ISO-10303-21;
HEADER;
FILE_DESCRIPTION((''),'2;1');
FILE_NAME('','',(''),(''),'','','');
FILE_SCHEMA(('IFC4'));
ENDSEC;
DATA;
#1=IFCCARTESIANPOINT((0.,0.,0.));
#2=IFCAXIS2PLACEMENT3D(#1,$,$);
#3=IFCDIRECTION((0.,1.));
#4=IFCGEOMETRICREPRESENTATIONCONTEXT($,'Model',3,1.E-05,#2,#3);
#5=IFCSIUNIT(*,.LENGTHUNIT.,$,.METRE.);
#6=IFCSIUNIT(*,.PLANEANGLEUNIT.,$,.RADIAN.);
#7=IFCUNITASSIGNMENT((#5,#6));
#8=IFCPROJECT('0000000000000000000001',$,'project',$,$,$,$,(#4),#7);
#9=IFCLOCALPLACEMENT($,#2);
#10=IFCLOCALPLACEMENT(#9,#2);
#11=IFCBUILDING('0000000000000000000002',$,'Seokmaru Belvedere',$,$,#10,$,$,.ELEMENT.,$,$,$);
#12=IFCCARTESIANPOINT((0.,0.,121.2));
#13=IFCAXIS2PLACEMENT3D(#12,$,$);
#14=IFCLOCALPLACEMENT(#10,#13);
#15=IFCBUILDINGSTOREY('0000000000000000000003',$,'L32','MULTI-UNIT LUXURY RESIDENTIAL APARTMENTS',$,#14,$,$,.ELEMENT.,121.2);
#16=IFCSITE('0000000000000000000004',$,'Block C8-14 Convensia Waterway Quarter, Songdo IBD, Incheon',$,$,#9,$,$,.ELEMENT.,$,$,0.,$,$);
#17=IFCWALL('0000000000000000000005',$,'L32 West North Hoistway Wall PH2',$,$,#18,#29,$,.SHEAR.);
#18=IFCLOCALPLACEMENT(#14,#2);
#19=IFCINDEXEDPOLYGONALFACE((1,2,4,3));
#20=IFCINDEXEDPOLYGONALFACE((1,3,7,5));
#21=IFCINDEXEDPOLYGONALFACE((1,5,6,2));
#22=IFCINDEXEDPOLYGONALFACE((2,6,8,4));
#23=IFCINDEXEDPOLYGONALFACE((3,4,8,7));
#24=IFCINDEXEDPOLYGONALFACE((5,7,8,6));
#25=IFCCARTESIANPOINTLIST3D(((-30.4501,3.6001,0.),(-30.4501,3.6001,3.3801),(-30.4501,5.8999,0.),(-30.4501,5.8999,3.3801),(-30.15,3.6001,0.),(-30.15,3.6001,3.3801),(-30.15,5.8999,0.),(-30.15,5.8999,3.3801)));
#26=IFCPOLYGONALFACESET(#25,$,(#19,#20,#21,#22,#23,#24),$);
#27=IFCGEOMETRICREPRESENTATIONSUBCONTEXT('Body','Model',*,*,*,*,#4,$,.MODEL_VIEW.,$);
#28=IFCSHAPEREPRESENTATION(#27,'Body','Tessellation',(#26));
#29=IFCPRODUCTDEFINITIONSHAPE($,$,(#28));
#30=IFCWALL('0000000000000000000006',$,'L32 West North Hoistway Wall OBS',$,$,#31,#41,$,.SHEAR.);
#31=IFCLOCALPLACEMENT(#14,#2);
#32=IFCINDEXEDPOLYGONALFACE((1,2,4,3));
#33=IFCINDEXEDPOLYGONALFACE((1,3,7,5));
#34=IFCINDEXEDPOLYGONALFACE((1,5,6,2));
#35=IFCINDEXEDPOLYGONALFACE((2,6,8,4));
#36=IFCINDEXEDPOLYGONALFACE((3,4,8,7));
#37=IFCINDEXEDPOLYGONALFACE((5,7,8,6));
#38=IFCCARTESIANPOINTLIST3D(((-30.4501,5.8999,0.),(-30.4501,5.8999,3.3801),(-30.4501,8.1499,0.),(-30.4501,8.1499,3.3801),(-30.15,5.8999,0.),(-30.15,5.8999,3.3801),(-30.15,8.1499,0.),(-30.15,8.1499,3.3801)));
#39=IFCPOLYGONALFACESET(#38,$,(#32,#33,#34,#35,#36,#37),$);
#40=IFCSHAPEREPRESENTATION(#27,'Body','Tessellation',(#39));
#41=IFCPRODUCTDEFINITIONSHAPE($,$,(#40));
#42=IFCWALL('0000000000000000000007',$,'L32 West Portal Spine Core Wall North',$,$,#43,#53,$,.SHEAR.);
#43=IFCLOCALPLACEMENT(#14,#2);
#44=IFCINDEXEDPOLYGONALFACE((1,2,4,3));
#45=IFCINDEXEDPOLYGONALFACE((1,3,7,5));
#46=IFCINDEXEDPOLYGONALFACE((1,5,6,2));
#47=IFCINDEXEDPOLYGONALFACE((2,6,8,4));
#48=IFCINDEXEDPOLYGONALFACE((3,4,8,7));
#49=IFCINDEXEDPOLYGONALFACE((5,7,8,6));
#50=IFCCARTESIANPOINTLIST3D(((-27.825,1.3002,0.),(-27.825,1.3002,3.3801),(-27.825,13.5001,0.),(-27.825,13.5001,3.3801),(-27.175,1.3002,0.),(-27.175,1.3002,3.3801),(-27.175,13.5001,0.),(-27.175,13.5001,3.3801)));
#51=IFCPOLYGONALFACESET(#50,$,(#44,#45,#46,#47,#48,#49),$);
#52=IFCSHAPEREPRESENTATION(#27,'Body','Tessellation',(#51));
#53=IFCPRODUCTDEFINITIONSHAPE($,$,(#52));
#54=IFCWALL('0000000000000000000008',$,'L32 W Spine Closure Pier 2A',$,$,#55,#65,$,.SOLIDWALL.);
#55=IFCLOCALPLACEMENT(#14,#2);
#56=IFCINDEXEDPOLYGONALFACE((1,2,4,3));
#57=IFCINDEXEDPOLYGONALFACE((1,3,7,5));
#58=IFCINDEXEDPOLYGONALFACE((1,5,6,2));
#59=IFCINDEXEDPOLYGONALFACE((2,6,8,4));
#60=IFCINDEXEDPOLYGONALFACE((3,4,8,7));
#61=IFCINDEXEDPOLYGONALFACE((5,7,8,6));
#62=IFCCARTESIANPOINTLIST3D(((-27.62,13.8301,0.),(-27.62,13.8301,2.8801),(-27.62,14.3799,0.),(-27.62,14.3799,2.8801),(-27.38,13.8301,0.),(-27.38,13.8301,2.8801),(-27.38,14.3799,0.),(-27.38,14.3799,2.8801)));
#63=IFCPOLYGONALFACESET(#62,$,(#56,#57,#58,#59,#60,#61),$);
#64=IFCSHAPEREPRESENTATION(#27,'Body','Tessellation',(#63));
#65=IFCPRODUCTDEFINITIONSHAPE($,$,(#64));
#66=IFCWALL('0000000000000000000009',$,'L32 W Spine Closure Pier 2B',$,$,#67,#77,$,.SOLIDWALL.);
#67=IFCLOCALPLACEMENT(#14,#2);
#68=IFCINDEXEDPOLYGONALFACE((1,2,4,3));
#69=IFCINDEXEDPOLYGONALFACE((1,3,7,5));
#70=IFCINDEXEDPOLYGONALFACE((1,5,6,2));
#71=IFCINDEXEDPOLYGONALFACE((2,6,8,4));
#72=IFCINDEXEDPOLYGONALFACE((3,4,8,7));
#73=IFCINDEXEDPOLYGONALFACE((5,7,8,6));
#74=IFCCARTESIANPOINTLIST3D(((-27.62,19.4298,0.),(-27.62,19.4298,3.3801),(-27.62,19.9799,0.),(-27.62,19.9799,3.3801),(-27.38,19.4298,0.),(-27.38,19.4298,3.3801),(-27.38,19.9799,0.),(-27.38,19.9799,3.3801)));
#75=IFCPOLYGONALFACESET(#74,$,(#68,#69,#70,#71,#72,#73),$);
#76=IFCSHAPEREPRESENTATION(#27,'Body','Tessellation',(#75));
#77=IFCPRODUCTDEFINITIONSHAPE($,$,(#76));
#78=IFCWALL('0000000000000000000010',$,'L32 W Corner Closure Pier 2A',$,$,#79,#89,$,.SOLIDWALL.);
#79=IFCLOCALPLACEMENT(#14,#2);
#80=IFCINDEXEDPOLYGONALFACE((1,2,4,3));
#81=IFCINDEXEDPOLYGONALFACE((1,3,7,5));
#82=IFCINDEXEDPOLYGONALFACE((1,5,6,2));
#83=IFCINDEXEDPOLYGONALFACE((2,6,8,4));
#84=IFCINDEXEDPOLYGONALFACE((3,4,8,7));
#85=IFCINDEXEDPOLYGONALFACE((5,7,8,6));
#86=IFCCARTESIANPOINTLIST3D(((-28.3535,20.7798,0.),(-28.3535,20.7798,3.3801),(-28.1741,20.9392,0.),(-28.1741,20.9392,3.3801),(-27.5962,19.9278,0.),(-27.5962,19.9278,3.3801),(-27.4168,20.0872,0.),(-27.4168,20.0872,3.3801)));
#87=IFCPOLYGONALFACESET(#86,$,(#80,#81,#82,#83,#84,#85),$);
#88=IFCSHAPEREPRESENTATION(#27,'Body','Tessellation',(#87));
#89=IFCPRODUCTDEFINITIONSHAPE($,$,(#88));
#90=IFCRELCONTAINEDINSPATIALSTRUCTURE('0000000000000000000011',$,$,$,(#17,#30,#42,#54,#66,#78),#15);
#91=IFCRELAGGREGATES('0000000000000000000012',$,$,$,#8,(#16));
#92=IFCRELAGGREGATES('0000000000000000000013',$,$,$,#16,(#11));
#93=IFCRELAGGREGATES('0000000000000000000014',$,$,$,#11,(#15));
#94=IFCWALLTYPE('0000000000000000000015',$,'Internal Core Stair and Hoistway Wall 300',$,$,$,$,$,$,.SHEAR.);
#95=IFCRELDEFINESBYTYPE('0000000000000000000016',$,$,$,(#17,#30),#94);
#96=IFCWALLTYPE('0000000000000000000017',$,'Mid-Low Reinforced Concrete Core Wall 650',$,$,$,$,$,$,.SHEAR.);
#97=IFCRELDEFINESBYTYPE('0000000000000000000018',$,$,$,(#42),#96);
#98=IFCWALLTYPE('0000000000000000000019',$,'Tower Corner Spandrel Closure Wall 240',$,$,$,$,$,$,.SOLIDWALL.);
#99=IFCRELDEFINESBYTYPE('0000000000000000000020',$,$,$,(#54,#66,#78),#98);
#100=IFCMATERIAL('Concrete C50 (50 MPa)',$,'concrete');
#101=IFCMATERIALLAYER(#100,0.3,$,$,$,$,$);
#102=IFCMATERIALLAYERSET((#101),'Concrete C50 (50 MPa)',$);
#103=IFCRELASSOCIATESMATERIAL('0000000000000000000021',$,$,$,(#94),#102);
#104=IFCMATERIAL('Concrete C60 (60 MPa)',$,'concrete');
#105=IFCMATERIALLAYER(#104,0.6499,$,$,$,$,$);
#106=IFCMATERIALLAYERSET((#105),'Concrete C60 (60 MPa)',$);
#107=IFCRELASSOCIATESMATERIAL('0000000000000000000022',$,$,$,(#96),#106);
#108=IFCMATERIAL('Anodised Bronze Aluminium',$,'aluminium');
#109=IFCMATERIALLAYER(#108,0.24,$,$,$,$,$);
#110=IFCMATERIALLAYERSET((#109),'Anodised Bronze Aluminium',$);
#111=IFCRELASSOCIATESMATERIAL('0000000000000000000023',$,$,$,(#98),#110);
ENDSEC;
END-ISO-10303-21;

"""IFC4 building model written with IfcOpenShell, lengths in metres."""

from ifc_helpers import new_model, si_unit, direction, frame, frame_2d, origin, place, context, subcontext, project, spatial, rectangle, extrude, material, layer, layer_set, type_object, element, save


model = new_model("IFC4")

# Units and contexts
model_context = context("Model", 3, precision=1e-05, world=origin(), true_north=direction((0.0, 1.0)))
body_context = subcontext(model_context, "Body", "Model", "MODEL_VIEW")
ifc_project = project(units=[si_unit("LENGTHUNIT", "METRE"), si_unit("PLANEANGLEUNIT", "RADIAN")], contexts=[model_context])

# Site, building, storey
site_placement = place(None, origin())
site = spatial("IfcSite", under=ifc_project, at=site_placement, Name="Block C8-14 Convensia Waterway Quarter, Songdo IBD, Incheon", CompositionType="ELEMENT", RefElevation=0.0)
building_placement = place(site_placement, origin())
building = spatial("IfcBuilding", under=site, at=building_placement, Name="Seokmaru Belvedere", CompositionType="ELEMENT")
storey_placement = place(building_placement, frame((0.0, 0.0, 121.2)))
storey = spatial("IfcBuildingStorey", under=building, at=storey_placement, Name="L32", Description="MULTI-UNIT LUXURY RESIDENTIAL APARTMENTS", CompositionType="ELEMENT", Elevation=121.2)

# Shared definitions
ifc_material_1 = material(Name="Anodised Bronze Aluminium", Category="aluminium")

# Walls
ifc_material_2 = material(Name="Concrete C50 (50 MPa)", Category="concrete")
ifc_layer_1 = layer(ifc_material_2, 0.3)
ifc_layer_set_1 = layer_set([ifc_layer_1], Name="Concrete C50 (50 MPa)")
wall_type_1 = type_object("IfcWallType", Name="Internal Core Stair and Hoistway Wall 300", PredefinedType="SHEAR", material=ifc_layer_set_1)
wall_1_placement = place(storey_placement, frame((-30.3, 3.6001, 0.0), z_axis=(0.0, 0.0, 1.0), x_axis=(0.0, 1.0, 0.0)))
element("IfcWall", 1, at=wall_1_placement, inside=storey, type_object=wall_type_1, Name="L32 West North Hoistway Wall PH2", PredefinedType="SHEAR", context=body_context, shape_type="SweptSolid", body=[
    extrude(rectangle(XDim=2.2998, YDim=0.3, at=frame_2d((1.1499, 0.0))), origin(), (0.0, 0.0, 1.0), 3.3801),
])
wall_2_placement = place(storey_placement, frame((-30.3, 5.8999, 0.0), z_axis=(0.0, 0.0, 1.0), x_axis=(0.0, 1.0, 0.0)))
element("IfcWall", 2, at=wall_2_placement, inside=storey, type_object=wall_type_1, Name="L32 West North Hoistway Wall OBS", PredefinedType="SHEAR", context=body_context, shape_type="SweptSolid", body=[
    extrude(rectangle(XDim=2.25, YDim=0.3, at=frame_2d((1.125, 0.0))), origin(), (0.0, 0.0, 1.0), 3.3801),
])

# Walls
ifc_material_3 = material(Name="Concrete C60 (60 MPa)", Category="concrete")
ifc_layer_2 = layer(ifc_material_3, 0.6499)
ifc_layer_set_2 = layer_set([ifc_layer_2], Name="Concrete C60 (60 MPa)")
wall_type_2 = type_object("IfcWallType", Name="Mid-Low Reinforced Concrete Core Wall 650", PredefinedType="SHEAR", material=ifc_layer_set_2)
wall_3_placement = place(storey_placement, frame((-27.5, 1.3, 0.0), z_axis=(0.0, 0.0, 1.0), x_axis=(0.0, 1.0, 0.0)))
element("IfcWall", 3, at=wall_3_placement, inside=storey, type_object=wall_type_2, Name="L32 West Portal Spine Core Wall North", PredefinedType="SHEAR", context=body_context, shape_type="SweptSolid", body=[
    extrude(rectangle(XDim=12.2, YDim=0.6499, at=frame_2d((6.1001, 0.0))), origin(), (0.0, 0.0, 1.0), 3.3801),
])
ifc_layer_3 = layer(ifc_material_1, 0.24)
ifc_layer_set_3 = layer_set([ifc_layer_3], Name="Anodised Bronze Aluminium")
wall_type_3 = type_object("IfcWallType", Name="Tower Corner Spandrel Closure Wall 240", PredefinedType="SOLIDWALL", material=ifc_layer_set_3)
wall_4_placement = place(storey_placement, frame((-27.5, 13.8301, 0.0), z_axis=(0.0, 0.0, 1.0), x_axis=(0.0, 1.0, 0.0)))
element("IfcWall", 4, at=wall_4_placement, inside=storey, type_object=wall_type_3, Name="L32 W Spine Closure Pier 2A", PredefinedType="SOLIDWALL", context=body_context, shape_type="SweptSolid", body=[
    extrude(rectangle(XDim=0.5498, YDim=0.24, at=frame_2d((0.2749, 0.0))), origin(), (0.0, 0.0, 1.0), 2.8801),
])
wall_5_placement = place(storey_placement, frame((-27.5, 19.4299, 0.0), z_axis=(0.0, 0.0, 1.0), x_axis=(0.0, 1.0, 0.0)))
element("IfcWall", 5, at=wall_5_placement, inside=storey, type_object=wall_type_3, Name="L32 W Spine Closure Pier 2B", PredefinedType="SOLIDWALL", context=body_context, shape_type="SweptSolid", body=[
    extrude(rectangle(XDim=0.55, YDim=0.24, at=frame_2d((0.2749, 0.0))), origin(), (0.0, 0.0, 1.0), 3.3801),
])
wall_6_placement = place(storey_placement, frame((-27.5066, 20.0076, 0.0), z_axis=(0.0, 0.0, 1.0), x_axis=(-0.664337, 0.747433, 0.0)))
element("IfcWall", 6, at=wall_6_placement, inside=storey, type_object=wall_type_3, Name="L32 W Corner Closure Pier 2A", PredefinedType="SOLIDWALL", context=body_context, shape_type="SweptSolid", body=[
    extrude(rectangle(XDim=1.1399, YDim=0.24, at=frame_2d((0.5698, 0.0))), origin(), (0.0, 0.0, 1.0), 3.3801),
])

save(model, "model.ifc")
